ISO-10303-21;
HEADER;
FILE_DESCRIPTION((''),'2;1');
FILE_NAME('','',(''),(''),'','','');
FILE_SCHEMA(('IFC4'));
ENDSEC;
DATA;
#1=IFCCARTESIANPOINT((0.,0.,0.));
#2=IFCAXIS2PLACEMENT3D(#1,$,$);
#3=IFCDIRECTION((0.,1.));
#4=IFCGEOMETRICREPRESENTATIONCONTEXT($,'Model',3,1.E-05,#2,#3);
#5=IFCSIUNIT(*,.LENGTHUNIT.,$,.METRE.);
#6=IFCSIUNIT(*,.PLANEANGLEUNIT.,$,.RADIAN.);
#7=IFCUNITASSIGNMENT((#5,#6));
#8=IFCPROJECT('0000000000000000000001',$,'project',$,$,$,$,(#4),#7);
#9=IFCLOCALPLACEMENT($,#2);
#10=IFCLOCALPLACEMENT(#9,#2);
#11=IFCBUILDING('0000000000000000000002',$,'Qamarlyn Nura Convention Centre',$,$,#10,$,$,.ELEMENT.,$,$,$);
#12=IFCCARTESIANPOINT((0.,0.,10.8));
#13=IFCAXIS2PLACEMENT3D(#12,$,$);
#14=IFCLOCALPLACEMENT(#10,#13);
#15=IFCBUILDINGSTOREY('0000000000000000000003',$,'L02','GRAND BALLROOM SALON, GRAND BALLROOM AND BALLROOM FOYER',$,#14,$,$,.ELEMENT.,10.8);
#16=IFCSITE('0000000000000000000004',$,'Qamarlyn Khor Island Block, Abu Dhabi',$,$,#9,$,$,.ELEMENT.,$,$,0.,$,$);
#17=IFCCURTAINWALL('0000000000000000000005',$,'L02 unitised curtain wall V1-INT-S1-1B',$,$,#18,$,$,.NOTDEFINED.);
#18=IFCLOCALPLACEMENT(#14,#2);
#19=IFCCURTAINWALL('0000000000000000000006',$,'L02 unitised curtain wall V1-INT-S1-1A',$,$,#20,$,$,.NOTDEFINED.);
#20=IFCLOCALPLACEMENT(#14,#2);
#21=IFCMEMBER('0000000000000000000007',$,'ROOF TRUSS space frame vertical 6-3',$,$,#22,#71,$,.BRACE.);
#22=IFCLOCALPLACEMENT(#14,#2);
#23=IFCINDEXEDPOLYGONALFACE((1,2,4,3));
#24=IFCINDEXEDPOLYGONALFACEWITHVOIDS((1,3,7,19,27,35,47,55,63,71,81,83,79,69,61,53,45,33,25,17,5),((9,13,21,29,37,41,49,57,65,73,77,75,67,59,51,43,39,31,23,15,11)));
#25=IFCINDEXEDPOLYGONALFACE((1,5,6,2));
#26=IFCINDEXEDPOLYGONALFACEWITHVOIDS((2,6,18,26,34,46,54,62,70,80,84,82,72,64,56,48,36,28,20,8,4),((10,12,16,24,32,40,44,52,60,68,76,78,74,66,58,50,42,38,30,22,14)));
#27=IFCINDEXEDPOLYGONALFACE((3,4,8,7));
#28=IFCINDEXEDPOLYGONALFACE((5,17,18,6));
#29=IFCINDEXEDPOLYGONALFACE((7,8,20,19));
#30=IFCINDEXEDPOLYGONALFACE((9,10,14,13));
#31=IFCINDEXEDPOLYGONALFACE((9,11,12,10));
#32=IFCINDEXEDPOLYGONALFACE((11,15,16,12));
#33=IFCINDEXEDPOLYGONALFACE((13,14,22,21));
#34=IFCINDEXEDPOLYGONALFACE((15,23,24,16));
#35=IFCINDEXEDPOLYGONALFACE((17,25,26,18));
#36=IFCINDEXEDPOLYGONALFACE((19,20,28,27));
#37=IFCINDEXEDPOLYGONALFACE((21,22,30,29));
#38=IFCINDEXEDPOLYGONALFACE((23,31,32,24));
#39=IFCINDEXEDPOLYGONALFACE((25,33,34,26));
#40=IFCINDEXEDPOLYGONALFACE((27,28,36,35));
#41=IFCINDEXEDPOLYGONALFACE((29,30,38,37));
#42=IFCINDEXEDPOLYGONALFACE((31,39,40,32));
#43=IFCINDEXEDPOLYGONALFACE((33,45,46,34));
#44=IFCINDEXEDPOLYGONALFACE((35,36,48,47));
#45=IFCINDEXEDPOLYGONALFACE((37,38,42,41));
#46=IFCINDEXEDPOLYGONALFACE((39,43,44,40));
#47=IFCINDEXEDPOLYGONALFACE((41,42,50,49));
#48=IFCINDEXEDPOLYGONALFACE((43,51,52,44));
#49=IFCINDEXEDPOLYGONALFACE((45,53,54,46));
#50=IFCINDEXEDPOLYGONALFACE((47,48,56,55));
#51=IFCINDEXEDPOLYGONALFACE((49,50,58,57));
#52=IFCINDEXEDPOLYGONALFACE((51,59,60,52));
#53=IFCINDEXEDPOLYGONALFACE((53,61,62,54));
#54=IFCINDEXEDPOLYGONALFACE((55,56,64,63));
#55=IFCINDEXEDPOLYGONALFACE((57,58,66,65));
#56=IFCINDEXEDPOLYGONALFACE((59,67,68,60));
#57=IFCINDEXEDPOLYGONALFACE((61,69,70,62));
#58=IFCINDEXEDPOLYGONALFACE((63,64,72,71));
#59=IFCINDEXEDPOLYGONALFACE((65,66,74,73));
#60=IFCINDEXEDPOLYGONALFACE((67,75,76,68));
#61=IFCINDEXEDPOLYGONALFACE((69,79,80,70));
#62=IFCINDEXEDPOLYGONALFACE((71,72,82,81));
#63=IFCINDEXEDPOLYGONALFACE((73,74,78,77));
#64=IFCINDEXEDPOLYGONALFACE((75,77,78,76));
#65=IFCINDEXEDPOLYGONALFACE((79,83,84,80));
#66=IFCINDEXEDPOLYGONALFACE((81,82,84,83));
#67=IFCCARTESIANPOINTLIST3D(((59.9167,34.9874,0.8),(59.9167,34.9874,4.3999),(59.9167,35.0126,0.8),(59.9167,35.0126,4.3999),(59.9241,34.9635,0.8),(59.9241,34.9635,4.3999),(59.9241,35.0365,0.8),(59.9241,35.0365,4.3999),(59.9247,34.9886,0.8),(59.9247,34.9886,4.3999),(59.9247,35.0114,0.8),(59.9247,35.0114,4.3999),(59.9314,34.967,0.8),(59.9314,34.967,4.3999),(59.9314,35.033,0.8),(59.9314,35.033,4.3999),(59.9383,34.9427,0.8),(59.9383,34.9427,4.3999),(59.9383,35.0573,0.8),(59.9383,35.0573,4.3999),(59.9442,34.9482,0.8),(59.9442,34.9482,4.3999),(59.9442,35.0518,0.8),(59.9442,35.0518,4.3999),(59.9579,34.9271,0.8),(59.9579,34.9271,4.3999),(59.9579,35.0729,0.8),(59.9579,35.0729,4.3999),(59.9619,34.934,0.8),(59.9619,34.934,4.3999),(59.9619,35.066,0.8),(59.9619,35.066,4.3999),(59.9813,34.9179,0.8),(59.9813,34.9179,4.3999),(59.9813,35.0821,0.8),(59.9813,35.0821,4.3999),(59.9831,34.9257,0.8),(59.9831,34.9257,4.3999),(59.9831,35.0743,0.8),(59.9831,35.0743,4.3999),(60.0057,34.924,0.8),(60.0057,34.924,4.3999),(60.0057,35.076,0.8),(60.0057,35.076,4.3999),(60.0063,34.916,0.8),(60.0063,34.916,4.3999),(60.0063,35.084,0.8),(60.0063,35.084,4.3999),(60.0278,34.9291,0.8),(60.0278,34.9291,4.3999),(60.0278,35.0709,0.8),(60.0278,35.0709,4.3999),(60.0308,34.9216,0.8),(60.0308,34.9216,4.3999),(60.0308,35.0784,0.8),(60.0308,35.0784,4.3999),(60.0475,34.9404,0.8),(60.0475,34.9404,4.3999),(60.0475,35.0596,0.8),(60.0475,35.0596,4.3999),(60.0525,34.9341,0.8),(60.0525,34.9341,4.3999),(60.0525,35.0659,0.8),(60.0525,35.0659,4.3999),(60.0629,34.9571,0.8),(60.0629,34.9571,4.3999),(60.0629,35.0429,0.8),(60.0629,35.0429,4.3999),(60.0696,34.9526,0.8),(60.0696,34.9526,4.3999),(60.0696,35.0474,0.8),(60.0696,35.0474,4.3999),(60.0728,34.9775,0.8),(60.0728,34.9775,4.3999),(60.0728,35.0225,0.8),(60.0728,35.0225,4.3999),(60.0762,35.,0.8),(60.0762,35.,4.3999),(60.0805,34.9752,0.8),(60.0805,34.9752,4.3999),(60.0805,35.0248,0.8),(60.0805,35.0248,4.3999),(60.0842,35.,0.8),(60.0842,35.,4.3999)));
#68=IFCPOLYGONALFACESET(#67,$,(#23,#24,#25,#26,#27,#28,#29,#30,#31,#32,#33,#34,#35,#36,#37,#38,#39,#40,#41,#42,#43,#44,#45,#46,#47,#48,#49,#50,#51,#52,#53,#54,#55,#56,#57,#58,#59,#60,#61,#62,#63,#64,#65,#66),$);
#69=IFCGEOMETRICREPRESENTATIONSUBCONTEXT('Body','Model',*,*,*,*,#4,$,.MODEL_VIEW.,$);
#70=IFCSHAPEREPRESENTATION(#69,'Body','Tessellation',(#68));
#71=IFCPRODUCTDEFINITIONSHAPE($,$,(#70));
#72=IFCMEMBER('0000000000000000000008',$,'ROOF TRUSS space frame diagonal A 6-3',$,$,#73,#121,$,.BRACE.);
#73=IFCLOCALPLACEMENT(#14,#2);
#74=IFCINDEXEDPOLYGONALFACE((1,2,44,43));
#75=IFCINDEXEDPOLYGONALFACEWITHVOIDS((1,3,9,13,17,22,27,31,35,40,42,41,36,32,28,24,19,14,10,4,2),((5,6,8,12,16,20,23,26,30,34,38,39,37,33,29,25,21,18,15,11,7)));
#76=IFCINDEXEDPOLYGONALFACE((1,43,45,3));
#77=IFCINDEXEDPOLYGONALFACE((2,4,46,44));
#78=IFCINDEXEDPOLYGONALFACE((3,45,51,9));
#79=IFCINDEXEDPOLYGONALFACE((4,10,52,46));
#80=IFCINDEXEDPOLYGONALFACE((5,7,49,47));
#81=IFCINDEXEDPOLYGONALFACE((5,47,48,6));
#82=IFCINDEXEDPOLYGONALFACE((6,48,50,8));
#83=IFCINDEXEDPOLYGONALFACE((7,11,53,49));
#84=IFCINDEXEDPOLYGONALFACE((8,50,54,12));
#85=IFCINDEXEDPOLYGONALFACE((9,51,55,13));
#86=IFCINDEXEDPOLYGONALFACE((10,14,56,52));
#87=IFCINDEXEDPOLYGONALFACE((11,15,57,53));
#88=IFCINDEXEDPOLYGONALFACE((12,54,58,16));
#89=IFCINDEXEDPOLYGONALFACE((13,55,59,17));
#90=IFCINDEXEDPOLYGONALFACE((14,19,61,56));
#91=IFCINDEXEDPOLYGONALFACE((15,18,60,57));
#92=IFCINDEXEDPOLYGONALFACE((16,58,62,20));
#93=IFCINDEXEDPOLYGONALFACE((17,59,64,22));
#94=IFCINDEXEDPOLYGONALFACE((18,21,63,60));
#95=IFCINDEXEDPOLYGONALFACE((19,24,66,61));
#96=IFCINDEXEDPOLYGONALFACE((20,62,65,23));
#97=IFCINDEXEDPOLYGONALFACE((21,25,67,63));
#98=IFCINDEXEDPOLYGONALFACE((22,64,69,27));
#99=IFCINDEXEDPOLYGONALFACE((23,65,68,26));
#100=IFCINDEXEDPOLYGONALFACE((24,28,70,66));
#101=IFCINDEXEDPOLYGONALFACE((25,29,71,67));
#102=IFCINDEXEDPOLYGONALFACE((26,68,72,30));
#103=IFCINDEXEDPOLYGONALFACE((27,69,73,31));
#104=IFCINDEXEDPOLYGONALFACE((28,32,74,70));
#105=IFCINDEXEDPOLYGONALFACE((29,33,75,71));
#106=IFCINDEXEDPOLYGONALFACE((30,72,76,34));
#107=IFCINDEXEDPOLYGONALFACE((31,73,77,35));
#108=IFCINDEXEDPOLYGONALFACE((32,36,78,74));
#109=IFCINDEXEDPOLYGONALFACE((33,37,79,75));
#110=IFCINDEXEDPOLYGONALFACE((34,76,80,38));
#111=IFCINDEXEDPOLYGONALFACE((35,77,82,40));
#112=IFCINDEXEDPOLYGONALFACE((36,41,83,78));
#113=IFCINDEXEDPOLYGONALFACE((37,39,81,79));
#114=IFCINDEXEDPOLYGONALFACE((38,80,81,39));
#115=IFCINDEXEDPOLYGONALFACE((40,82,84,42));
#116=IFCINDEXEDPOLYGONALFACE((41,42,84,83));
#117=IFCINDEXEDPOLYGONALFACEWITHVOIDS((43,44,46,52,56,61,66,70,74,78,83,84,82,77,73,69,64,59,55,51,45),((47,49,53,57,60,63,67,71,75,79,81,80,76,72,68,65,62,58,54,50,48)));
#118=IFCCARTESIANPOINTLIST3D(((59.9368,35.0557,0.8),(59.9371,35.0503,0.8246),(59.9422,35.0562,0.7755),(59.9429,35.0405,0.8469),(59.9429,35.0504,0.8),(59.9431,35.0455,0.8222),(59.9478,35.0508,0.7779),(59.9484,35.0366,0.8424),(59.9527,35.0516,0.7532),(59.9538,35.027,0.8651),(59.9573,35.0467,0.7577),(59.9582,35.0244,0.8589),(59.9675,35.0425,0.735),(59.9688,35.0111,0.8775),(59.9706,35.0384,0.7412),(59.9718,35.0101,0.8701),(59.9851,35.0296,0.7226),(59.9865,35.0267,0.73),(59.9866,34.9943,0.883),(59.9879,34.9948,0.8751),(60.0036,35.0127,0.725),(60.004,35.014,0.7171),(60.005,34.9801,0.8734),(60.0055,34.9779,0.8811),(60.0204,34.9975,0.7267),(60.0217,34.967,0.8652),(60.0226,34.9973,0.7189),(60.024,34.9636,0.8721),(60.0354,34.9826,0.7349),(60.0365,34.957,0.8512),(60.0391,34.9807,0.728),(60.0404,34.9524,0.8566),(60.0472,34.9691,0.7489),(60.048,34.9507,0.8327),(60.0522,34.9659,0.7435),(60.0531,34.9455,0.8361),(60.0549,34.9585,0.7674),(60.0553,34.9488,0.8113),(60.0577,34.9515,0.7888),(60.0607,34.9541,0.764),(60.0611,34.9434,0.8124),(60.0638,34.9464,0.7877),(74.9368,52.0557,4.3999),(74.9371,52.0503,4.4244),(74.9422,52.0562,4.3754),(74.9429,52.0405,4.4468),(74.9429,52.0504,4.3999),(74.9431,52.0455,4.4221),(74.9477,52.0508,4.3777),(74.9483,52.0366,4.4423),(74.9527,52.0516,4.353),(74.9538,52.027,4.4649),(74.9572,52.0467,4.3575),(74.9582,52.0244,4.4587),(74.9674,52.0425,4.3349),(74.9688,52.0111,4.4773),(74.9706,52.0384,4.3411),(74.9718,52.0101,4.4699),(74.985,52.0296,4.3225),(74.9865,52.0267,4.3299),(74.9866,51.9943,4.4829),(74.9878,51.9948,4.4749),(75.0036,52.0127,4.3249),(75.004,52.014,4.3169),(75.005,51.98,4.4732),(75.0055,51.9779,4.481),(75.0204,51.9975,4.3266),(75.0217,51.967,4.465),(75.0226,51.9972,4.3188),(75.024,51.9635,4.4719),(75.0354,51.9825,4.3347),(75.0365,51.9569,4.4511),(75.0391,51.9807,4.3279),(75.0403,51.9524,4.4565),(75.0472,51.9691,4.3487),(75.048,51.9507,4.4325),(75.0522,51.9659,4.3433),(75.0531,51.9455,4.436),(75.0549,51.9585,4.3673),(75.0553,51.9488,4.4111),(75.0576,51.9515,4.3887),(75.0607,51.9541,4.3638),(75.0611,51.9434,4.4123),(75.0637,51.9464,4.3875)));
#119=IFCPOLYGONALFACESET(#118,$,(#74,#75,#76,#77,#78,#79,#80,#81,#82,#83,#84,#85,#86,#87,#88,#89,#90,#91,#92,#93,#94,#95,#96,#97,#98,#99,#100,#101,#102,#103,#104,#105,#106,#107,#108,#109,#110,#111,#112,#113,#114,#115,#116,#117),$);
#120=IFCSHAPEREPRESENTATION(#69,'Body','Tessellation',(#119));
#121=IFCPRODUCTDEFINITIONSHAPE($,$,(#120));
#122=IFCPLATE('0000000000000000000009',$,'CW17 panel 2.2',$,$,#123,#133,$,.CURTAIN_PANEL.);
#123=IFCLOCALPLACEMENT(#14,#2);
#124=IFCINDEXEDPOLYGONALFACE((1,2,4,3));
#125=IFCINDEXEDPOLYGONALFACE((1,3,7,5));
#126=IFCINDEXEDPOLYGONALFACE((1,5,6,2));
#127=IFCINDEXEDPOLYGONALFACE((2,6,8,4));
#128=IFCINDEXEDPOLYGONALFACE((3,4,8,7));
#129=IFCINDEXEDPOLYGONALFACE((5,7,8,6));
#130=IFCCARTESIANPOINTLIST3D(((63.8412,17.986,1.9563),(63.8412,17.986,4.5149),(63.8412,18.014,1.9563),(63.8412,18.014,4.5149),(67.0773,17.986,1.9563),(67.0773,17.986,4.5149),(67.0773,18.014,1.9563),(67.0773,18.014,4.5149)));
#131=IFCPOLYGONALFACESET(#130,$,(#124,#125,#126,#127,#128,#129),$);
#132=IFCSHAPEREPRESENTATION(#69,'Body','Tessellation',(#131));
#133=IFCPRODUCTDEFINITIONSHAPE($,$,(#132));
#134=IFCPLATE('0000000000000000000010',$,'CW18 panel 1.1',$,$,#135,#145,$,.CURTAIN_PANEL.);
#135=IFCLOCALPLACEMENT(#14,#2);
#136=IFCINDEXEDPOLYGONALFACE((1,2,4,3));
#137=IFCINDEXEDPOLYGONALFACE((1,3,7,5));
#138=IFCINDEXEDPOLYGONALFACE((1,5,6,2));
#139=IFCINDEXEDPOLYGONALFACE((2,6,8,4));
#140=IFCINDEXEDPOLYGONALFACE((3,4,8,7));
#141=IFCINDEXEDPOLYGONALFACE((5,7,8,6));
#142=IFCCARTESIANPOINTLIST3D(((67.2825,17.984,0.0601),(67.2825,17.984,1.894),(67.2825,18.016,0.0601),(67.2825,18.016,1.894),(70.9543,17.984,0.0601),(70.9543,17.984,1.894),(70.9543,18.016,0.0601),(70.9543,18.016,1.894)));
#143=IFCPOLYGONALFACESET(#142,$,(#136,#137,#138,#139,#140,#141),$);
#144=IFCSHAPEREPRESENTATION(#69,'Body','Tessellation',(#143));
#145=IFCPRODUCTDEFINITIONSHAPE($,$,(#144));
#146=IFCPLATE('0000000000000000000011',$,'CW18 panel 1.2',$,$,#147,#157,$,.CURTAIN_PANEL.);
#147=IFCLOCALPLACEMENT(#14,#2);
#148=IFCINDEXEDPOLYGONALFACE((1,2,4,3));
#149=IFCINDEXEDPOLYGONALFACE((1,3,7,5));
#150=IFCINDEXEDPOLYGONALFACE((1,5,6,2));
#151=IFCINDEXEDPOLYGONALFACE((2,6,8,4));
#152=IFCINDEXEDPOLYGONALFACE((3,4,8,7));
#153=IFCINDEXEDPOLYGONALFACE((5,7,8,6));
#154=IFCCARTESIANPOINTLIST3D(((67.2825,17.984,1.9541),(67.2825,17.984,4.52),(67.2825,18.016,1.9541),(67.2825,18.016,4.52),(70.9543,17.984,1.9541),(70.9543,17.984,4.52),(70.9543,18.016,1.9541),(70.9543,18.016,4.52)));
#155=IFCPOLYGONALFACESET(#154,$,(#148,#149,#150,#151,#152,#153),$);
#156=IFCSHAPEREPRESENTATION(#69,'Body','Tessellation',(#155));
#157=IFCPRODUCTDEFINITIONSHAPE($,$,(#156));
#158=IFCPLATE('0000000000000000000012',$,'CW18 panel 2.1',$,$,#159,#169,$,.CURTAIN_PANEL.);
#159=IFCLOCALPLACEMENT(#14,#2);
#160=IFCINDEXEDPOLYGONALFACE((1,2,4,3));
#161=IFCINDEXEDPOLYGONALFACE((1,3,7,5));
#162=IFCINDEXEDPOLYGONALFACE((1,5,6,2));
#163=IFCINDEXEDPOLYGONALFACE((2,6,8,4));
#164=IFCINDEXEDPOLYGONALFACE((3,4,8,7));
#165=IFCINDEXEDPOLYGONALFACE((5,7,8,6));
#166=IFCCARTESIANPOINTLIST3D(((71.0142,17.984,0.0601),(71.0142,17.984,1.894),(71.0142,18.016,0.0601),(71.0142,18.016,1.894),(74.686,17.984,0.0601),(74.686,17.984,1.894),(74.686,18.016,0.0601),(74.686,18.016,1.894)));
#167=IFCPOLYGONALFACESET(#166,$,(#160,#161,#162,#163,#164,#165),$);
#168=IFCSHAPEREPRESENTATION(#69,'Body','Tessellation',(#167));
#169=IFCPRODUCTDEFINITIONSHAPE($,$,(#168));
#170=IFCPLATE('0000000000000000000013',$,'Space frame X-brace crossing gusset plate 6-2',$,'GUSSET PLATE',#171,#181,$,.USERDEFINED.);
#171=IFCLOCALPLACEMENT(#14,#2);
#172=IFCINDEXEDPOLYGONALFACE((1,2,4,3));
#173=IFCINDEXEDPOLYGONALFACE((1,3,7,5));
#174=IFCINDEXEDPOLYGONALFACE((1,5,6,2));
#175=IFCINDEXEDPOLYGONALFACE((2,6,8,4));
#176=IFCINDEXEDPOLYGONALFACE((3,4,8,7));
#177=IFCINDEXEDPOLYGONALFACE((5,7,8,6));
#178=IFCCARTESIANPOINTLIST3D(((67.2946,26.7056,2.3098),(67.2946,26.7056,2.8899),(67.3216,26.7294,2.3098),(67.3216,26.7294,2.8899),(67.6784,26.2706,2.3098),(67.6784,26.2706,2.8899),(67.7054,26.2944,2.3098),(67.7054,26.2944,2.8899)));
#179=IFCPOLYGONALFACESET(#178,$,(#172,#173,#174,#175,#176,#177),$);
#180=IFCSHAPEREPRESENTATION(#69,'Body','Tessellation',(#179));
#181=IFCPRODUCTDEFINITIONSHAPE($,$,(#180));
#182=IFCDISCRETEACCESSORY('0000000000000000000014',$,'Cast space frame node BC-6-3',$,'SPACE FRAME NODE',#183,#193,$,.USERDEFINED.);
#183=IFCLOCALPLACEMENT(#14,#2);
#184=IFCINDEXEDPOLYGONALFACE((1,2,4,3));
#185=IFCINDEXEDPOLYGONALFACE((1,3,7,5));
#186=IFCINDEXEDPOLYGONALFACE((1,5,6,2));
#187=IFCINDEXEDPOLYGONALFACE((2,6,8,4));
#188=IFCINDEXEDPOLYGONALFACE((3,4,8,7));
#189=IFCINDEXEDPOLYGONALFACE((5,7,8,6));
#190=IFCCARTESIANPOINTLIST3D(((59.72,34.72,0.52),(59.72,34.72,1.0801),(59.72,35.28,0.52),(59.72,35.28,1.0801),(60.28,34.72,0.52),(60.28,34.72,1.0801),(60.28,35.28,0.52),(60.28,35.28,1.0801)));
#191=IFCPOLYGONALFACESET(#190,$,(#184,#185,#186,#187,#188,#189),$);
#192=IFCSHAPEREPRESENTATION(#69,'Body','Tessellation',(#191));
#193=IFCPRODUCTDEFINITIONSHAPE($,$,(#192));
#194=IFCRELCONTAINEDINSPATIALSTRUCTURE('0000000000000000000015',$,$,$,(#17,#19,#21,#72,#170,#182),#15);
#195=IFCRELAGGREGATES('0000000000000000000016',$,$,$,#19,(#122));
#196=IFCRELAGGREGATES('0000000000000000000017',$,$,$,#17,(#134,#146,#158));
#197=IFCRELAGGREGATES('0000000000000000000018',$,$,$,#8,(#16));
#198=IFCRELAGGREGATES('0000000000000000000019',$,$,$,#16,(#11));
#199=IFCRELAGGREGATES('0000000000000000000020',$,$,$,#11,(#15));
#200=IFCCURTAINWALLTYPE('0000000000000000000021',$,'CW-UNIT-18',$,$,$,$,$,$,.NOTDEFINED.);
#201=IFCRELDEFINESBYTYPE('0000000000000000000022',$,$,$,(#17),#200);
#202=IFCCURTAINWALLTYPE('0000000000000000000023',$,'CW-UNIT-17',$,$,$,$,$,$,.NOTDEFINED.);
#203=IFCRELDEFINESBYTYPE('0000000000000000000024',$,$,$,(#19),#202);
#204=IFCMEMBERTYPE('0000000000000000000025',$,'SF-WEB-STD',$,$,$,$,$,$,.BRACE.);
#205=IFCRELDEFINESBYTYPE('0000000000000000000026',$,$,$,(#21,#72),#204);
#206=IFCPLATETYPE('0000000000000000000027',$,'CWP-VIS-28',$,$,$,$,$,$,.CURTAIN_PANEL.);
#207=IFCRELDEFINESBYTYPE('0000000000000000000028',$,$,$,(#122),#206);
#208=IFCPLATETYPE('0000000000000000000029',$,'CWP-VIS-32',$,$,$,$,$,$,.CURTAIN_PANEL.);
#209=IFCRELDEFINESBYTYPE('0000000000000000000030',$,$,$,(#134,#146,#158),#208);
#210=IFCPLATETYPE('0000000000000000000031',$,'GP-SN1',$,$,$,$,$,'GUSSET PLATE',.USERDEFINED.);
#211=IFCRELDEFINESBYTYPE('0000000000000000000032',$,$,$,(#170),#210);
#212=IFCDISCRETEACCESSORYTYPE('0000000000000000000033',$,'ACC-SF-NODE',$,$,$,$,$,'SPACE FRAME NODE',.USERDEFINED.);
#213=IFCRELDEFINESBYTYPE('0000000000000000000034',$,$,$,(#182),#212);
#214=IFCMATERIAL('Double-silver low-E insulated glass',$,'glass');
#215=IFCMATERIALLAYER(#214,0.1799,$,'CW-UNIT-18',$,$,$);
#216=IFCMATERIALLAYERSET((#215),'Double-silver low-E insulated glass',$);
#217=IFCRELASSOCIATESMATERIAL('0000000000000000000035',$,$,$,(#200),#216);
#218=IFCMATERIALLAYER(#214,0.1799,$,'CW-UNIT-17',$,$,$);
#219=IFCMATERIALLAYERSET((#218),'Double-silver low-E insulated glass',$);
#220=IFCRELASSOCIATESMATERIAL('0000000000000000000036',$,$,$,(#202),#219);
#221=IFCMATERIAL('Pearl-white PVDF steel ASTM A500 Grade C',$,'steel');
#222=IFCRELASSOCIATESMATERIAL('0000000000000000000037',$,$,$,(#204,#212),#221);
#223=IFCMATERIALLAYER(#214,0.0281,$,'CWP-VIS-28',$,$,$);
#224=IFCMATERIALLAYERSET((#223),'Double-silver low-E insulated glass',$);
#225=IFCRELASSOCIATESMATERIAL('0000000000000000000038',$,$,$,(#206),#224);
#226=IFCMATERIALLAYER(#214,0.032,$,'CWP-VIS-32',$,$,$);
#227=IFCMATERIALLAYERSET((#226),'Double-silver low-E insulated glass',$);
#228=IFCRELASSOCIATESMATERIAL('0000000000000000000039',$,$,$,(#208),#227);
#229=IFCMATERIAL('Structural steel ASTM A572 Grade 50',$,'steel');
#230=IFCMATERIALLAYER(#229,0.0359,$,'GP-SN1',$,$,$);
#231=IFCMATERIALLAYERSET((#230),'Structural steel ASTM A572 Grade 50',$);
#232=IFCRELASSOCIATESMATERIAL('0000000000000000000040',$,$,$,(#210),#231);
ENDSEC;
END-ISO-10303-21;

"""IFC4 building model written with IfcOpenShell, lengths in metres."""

from ifc_helpers import new_model, si_unit, direction, frame, origin, origin_2d, place, context, subcontext, project, spatial, rectangle, hollow_circle, extrude, material, layer, layer_set, material_profile, profile_set, type_object, element, aggregate, save


model = new_model("IFC4")

# Units and contexts
model_context = context("Model", 3, precision=1e-05, world=origin(), true_north=direction((0.0, 1.0)))
body_context = subcontext(model_context, "Body", "Model", "MODEL_VIEW")
ifc_project = project(units=[si_unit("LENGTHUNIT", "METRE"), si_unit("PLANEANGLEUNIT", "RADIAN")], contexts=[model_context])

# Site, building, storey
site_placement = place(None, origin())
site = spatial("IfcSite", under=ifc_project, at=site_placement, Name="Qamarlyn Khor Island Block, Abu Dhabi", CompositionType="ELEMENT", RefElevation=0.0)
building_placement = place(site_placement, origin())
building = spatial("IfcBuilding", under=site, at=building_placement, Name="Qamarlyn Nura Convention Centre", CompositionType="ELEMENT")
storey_placement = place(building_placement, frame((0.0, 0.0, 10.8)))
storey = spatial("IfcBuildingStorey", under=building, at=storey_placement, Name="L02", Description="GRAND BALLROOM SALON, GRAND BALLROOM AND BALLROOM FOYER", CompositionType="ELEMENT", Elevation=10.8)

# Curtain wall
ifc_material_1 = material(Name="Double-silver low-E insulated glass", Category="glass")
ifc_layer_1 = layer(ifc_material_1, 0.1799, Name="CW-UNIT-18")
ifc_layer_set_1 = layer_set([ifc_layer_1], Name="Double-silver low-E insulated glass")
curtain_wall_type_1 = type_object("IfcCurtainWallType", Name="CW-UNIT-18", PredefinedType="NOTDEFINED", material=ifc_layer_set_1)
curtain_wall_1_placement = place(storey_placement, origin())
curtain_wall_1 = element("IfcCurtainWall", 1, at=curtain_wall_1_placement, inside=storey, type_object=curtain_wall_type_1, Name="L02 unitised curtain wall V1-INT-S1-1B", PredefinedType="NOTDEFINED")

# Curtain wall
ifc_layer_2 = layer(ifc_material_1, 0.1799, Name="CW-UNIT-17")
ifc_layer_set_2 = layer_set([ifc_layer_2], Name="Double-silver low-E insulated glass")
curtain_wall_type_2 = type_object("IfcCurtainWallType", Name="CW-UNIT-17", PredefinedType="NOTDEFINED", material=ifc_layer_set_2)
curtain_wall_2_placement = place(storey_placement, origin())
curtain_wall_2 = element("IfcCurtainWall", 2, at=curtain_wall_2_placement, inside=storey, type_object=curtain_wall_type_2, Name="L02 unitised curtain wall V1-INT-S1-1A", PredefinedType="NOTDEFINED")

# Members
ifc_material_2 = material(Name="Pearl-white PVDF steel ASTM A500 Grade C", Category="steel")
ifc_material_profile_1 = material_profile(ifc_material_2, hollow_circle(Radius=0.0842, WallThickness=0.0081, at=origin_2d()), Name="CHS168.3X8")
ifc_profile_set_1 = profile_set([ifc_material_profile_1], Name="Pearl-white PVDF steel ASTM A500 Grade C")
member_type_1 = type_object("IfcMemberType", Name="SF-WEB-STD", PredefinedType="BRACE", material=ifc_profile_set_1)
member_1_placement = place(storey_placement, frame((60.0, 35.0, 0.8), z_axis=(0.0, 0.0, 1.0), x_axis=(1.0, 0.0, 0.0)))
element("IfcMember", 3, at=member_1_placement, inside=storey, type_object=member_type_1, Name="ROOF TRUSS space frame vertical 6-3", PredefinedType="BRACE", context=body_context, shape_type="SweptSolid", body=[
    extrude(hollow_circle(Radius=0.0842, WallThickness=0.0081, at=origin_2d()), origin(), (0.0, 0.0, 1.0), 3.5999),
])
member_2_placement = place(storey_placement, frame((60.0, 35.0, 0.8), z_axis=(0.653436, 0.74056, 0.156818), x_axis=(-0.749838, 0.661622, 0.0)))
element("IfcMember", 4, at=member_2_placement, inside=storey, type_object=member_type_1, Name="ROOF TRUSS space frame diagonal A 6-3", PredefinedType="BRACE", context=body_context, shape_type="SweptSolid", body=[
    extrude(hollow_circle(Radius=0.0842, WallThickness=0.0081, at=origin_2d()), origin(), (0.0, 0.0, 1.0), 22.9556),
])

# Plates
ifc_layer_3 = layer(ifc_material_1, 0.0281, Name="CWP-VIS-28")
ifc_layer_set_3 = layer_set([ifc_layer_3], Name="Double-silver low-E insulated glass")
plate_type_1 = type_object("IfcPlateType", Name="CWP-VIS-28", PredefinedType="CURTAIN_PANEL", material=ifc_layer_set_3)
plate_1_placement = place(storey_placement, frame((65.4592, 18.0, 1.9563), z_axis=(0.0, 0.0, 1.0), x_axis=(1.0, 0.0, 0.0)))
plate_1 = element("IfcPlate", 5, at=plate_1_placement, type_object=plate_type_1, Name="CW17 panel 2.2", PredefinedType="CURTAIN_PANEL", context=body_context, shape_type="SweptSolid", body=[
    extrude(rectangle(XDim=3.2361, YDim=0.0281, at=origin_2d()), origin(), (0.0, 0.0, 1.0), 2.5586),
])
aggregate(curtain_wall_2, [plate_1])
ifc_layer_4 = layer(ifc_material_1, 0.032, Name="CWP-VIS-32")
ifc_layer_set_4 = layer_set([ifc_layer_4], Name="Double-silver low-E insulated glass")
plate_type_2 = type_object("IfcPlateType", Name="CWP-VIS-32", PredefinedType="CURTAIN_PANEL", material=ifc_layer_set_4)
plate_2_placement = place(storey_placement, frame((69.1184, 18.0, 0.0601), z_axis=(0.0, 0.0, 1.0), x_axis=(1.0, 0.0, 0.0)))
plate_2 = element("IfcPlate", 6, at=plate_2_placement, type_object=plate_type_2, Name="CW18 panel 1.1", PredefinedType="CURTAIN_PANEL", context=body_context, shape_type="SweptSolid", body=[
    extrude(rectangle(XDim=3.6719, YDim=0.032, at=origin_2d()), origin(), (0.0, 0.0, 1.0), 1.834),
])
plate_3_placement = place(storey_placement, frame((69.1184, 18.0, 1.9541), z_axis=(0.0, 0.0, 1.0), x_axis=(1.0, 0.0, 0.0)))
plate_3 = element("IfcPlate", 7, at=plate_3_placement, type_object=plate_type_2, Name="CW18 panel 1.2", PredefinedType="CURTAIN_PANEL", context=body_context, shape_type="SweptSolid", body=[
    extrude(rectangle(XDim=3.6719, YDim=0.032, at=origin_2d()), origin(), (0.0, 0.0, 1.0), 2.5659),
])
plate_4_placement = place(storey_placement, frame((72.8501, 18.0, 0.0601), z_axis=(0.0, 0.0, 1.0), x_axis=(1.0, 0.0, 0.0)))
plate_4 = element("IfcPlate", 8, at=plate_4_placement, type_object=plate_type_2, Name="CW18 panel 2.1", PredefinedType="CURTAIN_PANEL", context=body_context, shape_type="SweptSolid", body=[
    extrude(rectangle(XDim=3.6719, YDim=0.032, at=origin_2d()), origin(), (0.0, 0.0, 1.0), 1.834),
])
aggregate(curtain_wall_1, [plate_2, plate_3, plate_4])
ifc_material_3 = material(Name="Structural steel ASTM A572 Grade 50", Category="steel")
ifc_layer_5 = layer(ifc_material_3, 0.0359, Name="GP-SN1")
ifc_layer_set_5 = layer_set([ifc_layer_5], Name="Structural steel ASTM A572 Grade 50")
plate_type_3 = type_object("IfcPlateType", Name="GP-SN1", ElementType="GUSSET PLATE", PredefinedType="USERDEFINED", material=ifc_layer_set_5)
plate_5_placement = place(storey_placement, frame((67.5, 26.5, 2.3098), z_axis=(0.0, 0.0, 1.0), x_axis=(-0.661622, 0.749837, 0.0)))
element("IfcPlate", 9, at=plate_5_placement, inside=storey, type_object=plate_type_3, Name="Space frame X-brace crossing gusset plate 6-2", ObjectType="GUSSET PLATE", PredefinedType="USERDEFINED", context=body_context, shape_type="SweptSolid", body=[
    extrude(rectangle(XDim=0.5801, YDim=0.0359, at=origin_2d()), origin(), (0.0, 0.0, 1.0), 0.5801),
])

# Discrete accessory
discrete_accessory_type = type_object("IfcDiscreteAccessoryType", Name="ACC-SF-NODE", ElementType="SPACE FRAME NODE", PredefinedType="USERDEFINED", material=ifc_material_2)
discrete_accessory_placement = place(storey_placement, frame((60.0, 35.0, 0.52), z_axis=(0.0, 0.0, 1.0), x_axis=(1.0, 0.0, 0.0)))
element("IfcDiscreteAccessory", 10, at=discrete_accessory_placement, inside=storey, type_object=discrete_accessory_type, Name="Cast space frame node BC-6-3", ObjectType="SPACE FRAME NODE", PredefinedType="USERDEFINED", context=body_context, shape_type="SweptSolid", body=[
    extrude(rectangle(XDim=0.5601, YDim=0.5601, at=origin_2d()), origin(), (0.0, 0.0, 1.0), 0.5601),
])

save(model, "model.ifc")
